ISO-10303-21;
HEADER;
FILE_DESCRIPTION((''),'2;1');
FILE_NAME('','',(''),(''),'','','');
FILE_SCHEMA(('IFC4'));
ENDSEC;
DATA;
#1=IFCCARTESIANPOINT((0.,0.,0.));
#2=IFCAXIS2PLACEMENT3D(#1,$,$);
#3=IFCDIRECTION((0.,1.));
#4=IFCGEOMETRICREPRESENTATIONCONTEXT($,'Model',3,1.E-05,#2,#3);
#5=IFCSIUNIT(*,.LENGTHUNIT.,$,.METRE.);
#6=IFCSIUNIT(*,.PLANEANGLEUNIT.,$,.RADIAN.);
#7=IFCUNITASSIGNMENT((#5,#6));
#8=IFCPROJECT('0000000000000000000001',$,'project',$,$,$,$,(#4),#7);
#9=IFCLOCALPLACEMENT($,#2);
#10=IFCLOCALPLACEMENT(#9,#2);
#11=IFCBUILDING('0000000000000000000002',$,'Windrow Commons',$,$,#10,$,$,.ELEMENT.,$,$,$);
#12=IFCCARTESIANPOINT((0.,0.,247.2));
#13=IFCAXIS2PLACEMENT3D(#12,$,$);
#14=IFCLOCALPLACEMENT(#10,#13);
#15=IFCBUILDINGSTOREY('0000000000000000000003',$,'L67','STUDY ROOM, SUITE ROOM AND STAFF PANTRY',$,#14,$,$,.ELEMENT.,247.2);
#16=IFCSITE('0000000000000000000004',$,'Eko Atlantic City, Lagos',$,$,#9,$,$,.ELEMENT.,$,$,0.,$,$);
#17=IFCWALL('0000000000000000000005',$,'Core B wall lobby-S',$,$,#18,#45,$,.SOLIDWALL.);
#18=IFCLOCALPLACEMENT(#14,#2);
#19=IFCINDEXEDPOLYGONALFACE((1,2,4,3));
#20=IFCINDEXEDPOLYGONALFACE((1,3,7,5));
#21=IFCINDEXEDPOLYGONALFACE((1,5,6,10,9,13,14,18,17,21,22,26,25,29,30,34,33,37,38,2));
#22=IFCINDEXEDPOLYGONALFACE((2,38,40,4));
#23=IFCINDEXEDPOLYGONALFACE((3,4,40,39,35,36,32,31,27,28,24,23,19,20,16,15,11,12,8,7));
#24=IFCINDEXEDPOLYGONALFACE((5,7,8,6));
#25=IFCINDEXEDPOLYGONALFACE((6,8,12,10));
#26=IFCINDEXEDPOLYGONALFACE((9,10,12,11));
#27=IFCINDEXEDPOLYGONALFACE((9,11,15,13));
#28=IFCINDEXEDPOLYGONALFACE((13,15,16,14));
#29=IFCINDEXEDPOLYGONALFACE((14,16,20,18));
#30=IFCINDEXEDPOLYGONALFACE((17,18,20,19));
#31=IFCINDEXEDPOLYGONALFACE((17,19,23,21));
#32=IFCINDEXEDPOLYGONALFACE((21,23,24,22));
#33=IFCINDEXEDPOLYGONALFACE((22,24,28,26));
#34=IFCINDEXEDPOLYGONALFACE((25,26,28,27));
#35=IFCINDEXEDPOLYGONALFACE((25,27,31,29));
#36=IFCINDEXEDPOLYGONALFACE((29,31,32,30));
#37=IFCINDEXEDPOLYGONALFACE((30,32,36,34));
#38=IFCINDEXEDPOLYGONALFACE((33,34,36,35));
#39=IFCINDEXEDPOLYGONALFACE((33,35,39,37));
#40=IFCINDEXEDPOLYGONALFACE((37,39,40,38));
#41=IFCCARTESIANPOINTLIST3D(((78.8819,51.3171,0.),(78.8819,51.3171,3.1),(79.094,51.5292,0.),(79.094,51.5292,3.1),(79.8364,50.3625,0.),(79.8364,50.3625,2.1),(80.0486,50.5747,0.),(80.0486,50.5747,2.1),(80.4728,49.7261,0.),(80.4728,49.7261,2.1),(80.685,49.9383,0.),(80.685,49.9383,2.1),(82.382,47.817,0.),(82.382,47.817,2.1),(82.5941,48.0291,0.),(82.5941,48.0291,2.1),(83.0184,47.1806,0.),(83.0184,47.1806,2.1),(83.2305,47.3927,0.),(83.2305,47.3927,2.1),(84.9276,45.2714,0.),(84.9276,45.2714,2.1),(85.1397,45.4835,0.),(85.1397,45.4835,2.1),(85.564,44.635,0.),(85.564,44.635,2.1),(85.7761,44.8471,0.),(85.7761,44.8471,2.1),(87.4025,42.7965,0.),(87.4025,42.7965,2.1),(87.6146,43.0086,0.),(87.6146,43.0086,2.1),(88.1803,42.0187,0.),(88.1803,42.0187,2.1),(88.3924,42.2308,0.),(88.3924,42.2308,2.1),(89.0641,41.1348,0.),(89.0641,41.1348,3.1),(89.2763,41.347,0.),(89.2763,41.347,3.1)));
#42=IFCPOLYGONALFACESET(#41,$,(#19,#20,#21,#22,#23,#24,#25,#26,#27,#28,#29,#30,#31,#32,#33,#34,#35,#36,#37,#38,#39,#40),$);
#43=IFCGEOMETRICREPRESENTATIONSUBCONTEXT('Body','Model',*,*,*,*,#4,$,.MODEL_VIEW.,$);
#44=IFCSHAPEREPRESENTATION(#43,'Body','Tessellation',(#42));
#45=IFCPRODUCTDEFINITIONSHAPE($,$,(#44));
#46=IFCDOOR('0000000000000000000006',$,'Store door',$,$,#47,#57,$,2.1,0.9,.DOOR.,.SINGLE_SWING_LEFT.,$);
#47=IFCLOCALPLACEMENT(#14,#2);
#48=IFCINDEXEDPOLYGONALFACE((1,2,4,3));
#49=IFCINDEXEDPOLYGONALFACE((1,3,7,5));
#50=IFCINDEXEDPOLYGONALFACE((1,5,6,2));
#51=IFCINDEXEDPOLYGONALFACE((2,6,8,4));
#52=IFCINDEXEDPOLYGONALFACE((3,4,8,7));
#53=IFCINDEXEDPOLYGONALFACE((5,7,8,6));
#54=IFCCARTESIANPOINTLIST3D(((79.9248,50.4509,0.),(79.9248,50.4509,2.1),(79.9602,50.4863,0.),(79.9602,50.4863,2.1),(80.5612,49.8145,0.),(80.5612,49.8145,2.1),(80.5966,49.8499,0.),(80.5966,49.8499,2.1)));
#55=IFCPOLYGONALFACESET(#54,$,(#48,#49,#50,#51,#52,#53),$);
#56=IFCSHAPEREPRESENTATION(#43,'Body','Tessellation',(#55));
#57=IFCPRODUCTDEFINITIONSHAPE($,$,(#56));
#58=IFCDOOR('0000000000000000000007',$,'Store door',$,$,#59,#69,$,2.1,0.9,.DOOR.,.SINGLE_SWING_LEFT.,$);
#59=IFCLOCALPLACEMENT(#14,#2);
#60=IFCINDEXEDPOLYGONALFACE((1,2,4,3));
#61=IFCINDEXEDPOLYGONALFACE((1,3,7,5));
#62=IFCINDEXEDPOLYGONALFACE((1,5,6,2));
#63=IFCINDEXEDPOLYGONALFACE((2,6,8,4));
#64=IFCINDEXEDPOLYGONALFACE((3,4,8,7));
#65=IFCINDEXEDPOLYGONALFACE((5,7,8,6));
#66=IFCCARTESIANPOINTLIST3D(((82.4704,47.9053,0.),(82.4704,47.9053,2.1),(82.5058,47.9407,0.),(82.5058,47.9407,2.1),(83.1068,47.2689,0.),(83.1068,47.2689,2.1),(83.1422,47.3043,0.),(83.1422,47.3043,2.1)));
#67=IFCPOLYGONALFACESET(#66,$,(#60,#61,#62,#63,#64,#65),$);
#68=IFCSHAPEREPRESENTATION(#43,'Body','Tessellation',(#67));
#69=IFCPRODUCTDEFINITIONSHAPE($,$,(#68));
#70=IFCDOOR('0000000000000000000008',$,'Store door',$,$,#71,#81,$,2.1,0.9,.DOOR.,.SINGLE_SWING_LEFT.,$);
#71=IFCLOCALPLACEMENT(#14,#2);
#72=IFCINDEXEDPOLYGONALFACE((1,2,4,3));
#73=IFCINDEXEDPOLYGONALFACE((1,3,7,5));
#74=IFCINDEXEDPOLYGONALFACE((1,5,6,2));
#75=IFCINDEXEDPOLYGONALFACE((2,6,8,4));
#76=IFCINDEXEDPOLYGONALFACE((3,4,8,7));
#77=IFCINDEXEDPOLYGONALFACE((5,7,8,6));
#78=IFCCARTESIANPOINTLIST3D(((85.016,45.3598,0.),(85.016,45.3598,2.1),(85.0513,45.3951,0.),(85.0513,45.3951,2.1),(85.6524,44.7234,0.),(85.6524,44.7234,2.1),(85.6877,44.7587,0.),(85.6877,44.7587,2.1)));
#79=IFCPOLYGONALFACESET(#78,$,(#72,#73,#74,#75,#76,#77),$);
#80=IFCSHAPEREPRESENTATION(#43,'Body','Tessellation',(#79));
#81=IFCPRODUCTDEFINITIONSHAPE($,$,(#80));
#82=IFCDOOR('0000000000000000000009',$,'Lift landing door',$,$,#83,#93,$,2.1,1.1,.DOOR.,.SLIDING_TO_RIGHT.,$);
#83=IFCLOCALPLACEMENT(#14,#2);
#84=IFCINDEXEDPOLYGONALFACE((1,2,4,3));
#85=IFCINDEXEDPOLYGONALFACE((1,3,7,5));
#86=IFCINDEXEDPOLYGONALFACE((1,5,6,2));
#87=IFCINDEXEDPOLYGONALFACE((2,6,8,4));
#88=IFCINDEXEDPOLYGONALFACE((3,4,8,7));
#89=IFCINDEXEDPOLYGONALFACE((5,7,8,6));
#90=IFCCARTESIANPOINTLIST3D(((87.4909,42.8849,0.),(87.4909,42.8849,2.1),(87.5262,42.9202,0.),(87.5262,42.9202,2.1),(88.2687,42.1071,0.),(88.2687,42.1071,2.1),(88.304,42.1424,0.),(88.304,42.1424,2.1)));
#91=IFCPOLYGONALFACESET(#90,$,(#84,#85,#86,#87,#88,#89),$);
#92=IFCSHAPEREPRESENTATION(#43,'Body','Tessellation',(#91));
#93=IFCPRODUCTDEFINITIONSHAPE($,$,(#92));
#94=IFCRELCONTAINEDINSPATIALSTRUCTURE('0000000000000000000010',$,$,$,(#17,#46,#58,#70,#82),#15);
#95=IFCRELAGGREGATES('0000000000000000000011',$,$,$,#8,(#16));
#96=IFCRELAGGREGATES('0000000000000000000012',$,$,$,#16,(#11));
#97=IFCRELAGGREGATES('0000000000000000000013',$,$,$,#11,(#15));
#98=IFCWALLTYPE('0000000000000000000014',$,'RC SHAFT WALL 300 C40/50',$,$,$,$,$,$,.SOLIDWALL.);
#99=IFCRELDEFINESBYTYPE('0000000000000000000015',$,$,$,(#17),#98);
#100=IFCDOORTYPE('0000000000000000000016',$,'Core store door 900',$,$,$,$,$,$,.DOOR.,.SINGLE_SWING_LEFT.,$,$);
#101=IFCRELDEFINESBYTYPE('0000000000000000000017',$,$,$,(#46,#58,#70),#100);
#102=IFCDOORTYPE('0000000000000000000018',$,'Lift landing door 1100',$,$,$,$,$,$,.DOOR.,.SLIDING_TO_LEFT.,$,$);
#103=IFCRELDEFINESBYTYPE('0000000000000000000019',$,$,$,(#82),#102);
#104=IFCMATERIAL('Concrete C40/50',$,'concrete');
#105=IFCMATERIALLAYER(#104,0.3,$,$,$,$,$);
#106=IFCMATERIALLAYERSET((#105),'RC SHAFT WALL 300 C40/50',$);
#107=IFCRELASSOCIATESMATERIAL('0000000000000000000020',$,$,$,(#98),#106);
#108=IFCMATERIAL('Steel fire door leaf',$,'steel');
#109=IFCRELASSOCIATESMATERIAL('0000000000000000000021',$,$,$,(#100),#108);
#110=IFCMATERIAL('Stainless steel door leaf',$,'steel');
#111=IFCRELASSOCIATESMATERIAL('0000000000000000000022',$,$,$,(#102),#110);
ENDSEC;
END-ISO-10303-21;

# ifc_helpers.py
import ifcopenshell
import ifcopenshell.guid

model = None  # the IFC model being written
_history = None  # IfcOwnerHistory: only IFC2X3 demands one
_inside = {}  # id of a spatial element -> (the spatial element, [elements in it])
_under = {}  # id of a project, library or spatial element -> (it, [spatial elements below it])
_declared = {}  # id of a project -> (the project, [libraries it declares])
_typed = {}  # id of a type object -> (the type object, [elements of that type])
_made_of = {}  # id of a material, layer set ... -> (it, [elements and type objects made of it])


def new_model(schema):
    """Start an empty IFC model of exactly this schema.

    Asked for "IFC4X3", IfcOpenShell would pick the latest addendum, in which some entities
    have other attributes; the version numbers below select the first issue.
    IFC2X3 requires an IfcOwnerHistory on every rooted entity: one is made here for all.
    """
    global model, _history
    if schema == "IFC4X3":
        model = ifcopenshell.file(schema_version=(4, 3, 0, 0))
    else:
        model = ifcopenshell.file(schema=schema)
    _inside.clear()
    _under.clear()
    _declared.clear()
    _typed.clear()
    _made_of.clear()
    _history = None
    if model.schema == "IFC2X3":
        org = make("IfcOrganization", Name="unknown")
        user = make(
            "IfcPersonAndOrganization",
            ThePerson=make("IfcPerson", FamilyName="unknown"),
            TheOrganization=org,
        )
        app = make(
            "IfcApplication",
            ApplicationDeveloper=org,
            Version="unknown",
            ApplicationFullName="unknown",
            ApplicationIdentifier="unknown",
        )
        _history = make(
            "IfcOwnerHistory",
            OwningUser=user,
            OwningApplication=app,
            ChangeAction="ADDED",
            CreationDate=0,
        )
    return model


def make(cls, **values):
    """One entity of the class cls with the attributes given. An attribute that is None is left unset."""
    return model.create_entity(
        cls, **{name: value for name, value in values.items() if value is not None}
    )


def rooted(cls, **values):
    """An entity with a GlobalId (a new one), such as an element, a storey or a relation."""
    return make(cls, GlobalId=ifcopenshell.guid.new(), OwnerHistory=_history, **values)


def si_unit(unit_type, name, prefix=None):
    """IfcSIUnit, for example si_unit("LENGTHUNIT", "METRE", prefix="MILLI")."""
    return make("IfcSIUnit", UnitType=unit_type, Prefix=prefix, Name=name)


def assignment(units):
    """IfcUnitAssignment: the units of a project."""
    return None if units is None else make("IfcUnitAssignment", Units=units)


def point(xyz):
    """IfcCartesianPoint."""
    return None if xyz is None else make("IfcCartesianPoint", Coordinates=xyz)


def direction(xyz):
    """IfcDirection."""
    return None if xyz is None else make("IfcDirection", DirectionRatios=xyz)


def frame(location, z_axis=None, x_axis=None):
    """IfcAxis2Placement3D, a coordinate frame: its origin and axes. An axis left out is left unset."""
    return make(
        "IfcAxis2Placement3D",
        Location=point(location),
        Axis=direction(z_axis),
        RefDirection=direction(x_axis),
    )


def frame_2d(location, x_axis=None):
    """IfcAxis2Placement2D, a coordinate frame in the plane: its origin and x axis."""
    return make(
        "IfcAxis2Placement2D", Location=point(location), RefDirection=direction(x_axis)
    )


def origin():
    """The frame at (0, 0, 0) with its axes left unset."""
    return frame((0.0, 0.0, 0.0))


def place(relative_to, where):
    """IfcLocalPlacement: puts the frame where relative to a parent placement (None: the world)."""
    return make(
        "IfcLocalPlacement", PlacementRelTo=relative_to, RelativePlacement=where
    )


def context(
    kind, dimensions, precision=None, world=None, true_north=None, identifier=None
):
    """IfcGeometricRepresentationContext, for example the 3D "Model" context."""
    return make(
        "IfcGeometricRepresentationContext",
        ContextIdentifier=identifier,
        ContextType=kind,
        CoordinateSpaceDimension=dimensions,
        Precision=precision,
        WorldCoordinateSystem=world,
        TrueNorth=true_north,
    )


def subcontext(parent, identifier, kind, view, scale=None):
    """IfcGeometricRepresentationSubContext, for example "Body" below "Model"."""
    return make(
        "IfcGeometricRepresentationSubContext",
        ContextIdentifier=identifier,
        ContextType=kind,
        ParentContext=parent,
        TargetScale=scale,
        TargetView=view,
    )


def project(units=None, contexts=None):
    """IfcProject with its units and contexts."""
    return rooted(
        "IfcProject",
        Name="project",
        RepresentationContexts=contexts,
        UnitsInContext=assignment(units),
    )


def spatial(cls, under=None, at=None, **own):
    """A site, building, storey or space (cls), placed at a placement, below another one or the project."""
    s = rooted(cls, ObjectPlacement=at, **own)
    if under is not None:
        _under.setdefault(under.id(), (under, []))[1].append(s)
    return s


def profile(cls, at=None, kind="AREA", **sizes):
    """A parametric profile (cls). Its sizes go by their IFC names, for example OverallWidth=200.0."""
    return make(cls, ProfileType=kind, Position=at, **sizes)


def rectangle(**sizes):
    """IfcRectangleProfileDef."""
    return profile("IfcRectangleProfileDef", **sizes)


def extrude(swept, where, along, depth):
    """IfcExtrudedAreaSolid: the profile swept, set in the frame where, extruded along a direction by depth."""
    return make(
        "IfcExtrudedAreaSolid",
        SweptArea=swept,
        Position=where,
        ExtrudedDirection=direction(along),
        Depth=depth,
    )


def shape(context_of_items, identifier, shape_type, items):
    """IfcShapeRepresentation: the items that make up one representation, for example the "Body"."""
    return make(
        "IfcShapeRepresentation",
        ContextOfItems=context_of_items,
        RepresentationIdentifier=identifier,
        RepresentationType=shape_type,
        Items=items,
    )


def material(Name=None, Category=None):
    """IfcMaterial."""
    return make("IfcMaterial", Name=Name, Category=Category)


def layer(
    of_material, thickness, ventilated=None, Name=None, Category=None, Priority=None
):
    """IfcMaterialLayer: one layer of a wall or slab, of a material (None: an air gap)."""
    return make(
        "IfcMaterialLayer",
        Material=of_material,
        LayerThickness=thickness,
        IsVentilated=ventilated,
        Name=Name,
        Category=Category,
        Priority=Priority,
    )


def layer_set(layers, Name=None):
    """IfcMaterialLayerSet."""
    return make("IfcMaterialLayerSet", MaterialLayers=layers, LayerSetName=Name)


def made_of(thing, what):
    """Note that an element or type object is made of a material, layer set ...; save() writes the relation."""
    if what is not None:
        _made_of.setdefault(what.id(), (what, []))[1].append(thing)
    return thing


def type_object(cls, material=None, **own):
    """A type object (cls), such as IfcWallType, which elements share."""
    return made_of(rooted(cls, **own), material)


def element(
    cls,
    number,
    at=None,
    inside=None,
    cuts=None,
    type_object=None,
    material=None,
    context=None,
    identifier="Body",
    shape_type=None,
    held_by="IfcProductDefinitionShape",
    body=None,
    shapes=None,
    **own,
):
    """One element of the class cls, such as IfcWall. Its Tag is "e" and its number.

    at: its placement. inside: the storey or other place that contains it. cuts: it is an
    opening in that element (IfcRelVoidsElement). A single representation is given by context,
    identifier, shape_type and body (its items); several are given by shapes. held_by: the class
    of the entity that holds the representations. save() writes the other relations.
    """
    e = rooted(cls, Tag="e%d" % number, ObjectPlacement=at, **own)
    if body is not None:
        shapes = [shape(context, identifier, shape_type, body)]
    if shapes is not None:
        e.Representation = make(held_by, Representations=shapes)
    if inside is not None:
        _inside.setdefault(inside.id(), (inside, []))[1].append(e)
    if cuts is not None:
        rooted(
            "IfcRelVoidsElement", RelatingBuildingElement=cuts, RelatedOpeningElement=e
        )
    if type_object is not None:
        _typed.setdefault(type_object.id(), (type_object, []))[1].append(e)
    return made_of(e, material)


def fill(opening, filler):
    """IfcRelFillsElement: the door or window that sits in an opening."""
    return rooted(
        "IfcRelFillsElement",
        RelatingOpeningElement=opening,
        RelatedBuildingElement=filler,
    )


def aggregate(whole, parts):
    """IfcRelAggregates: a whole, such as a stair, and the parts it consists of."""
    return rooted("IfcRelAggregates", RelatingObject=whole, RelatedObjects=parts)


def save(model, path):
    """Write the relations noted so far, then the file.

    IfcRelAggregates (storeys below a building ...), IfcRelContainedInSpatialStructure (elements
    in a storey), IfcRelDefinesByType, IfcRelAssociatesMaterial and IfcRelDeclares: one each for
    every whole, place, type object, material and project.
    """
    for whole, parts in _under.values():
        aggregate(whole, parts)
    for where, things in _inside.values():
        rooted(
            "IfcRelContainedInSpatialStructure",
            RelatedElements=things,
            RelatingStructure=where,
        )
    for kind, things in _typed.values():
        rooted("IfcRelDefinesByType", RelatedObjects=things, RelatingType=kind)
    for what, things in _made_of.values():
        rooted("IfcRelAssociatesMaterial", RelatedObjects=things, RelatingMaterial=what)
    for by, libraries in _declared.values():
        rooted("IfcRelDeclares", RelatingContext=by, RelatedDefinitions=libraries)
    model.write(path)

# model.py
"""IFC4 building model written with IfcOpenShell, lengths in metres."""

from ifc_helpers import new_model, si_unit, direction, frame, frame_2d, origin, place, context, subcontext, project, spatial, rectangle, extrude, material, layer, layer_set, type_object, element, fill, save


model = new_model("IFC4")

# Units and contexts
model_context = context("Model", 3, precision=1e-05, world=origin(), true_north=direction((0.0, 1.0)))
body_context = subcontext(model_context, "Body", "Model", "MODEL_VIEW")
ifc_project = project(units=[si_unit("LENGTHUNIT", "METRE"), si_unit("PLANEANGLEUNIT", "RADIAN")], contexts=[model_context])

# Site, building, storey
site_placement = place(None, origin())
site = spatial("IfcSite", under=ifc_project, at=site_placement, Name="Eko Atlantic City, Lagos", CompositionType="ELEMENT", RefElevation=0.0)
building_placement = place(site_placement, origin())
building = spatial("IfcBuilding", under=site, at=building_placement, Name="Windrow Commons", CompositionType="ELEMENT")
storey_placement = place(building_placement, frame((0.0, 0.0, 247.2)))
storey = spatial("IfcBuildingStorey", under=building, at=storey_placement, Name="L67", Description="STUDY ROOM, SUITE ROOM AND STAFF PANTRY", CompositionType="ELEMENT", Elevation=247.2)

# Shared definitions
ifc_material_1 = material(Name="Concrete C40/50", Category="concrete")
ifc_layer_1 = layer(ifc_material_1, 0.3)
ifc_layer_set_1 = layer_set([ifc_layer_1], Name="RC SHAFT WALL 300 C40/50")
wall_type_1 = type_object("IfcWallType", Name="RC SHAFT WALL 300 C40/50", PredefinedType="SOLIDWALL", material=ifc_layer_set_1)

# Wall, openings, doors
wall_1_placement = place(storey_placement, frame((78.9879, 51.4232, 0.0), z_axis=(0.0, 0.0, 1.0), x_axis=(0.707107, -0.707107, 0.0)))
wall_1 = element("IfcWall", 1, at=wall_1_placement, inside=storey, type_object=wall_type_1, Name="Core B wall lobby-S", PredefinedType="SOLIDWALL", context=body_context, shape_type="SweptSolid", body=[
    extrude(rectangle(XDim=14.3999, YDim=0.3, at=frame_2d((7.2, 0.0))), origin(), (0.0, 0.0, 1.0), 3.1),
])
opening_1_placement = place(wall_1_placement, frame((1.35, 0.0, 0.0)))
opening_1 = element("IfcOpeningElement", 2, at=opening_1_placement, cuts=wall_1, PredefinedType="OPENING", context=body_context, shape_type="SweptSolid", body=[
    extrude(rectangle(XDim=0.9, YDim=2.1, at=frame_2d((0.45, 1.05))), frame((0.0, 0.16, 0.0), z_axis=(0.0, -1.0, 0.0), x_axis=(1.0, 0.0, 0.0)), (0.0, 0.0, 1.0), 0.32),
])
opening_2_placement = place(wall_1_placement, frame((4.95, 0.0, 0.0)))
opening_2 = element("IfcOpeningElement", 3, at=opening_2_placement, cuts=wall_1, PredefinedType="OPENING", context=body_context, shape_type="SweptSolid", body=[
    extrude(rectangle(XDim=0.9, YDim=2.1, at=frame_2d((0.45, 1.05))), frame((0.0, 0.16, 0.0), z_axis=(0.0, -1.0, 0.0), x_axis=(1.0, 0.0, 0.0)), (0.0, 0.0, 1.0), 0.32),
])
opening_3_placement = place(wall_1_placement, frame((8.55, 0.0, 0.0)))
opening_3 = element("IfcOpeningElement", 4, at=opening_3_placement, cuts=wall_1, PredefinedType="OPENING", context=body_context, shape_type="SweptSolid", body=[
    extrude(rectangle(XDim=0.9, YDim=2.1, at=frame_2d((0.45, 1.05))), frame((0.0, 0.16, 0.0), z_axis=(0.0, -1.0, 0.0), x_axis=(1.0, 0.0, 0.0)), (0.0, 0.0, 1.0), 0.32),
])
opening_4_placement = place(wall_1_placement, frame((12.05, 0.0, 0.0)))
opening_4 = element("IfcOpeningElement", 5, at=opening_4_placement, cuts=wall_1, PredefinedType="OPENING", context=body_context, shape_type="SweptSolid", body=[
    extrude(rectangle(XDim=1.1, YDim=2.1, at=frame_2d((0.55, 1.05))), frame((0.0, 0.16, 0.0), z_axis=(0.0, -1.0, 0.0), x_axis=(1.0, 0.0, 0.0)), (0.0, 0.0, 1.0), 0.32),
])
ifc_material_2 = material(Name="Steel fire door leaf", Category="steel")
door_type_1 = type_object("IfcDoorType", Name="Core store door 900", OperationType="SINGLE_SWING_LEFT", PredefinedType="DOOR", material=ifc_material_2)
door_1_placement = place(opening_1_placement, origin())
door_1 = element("IfcDoor", 6, at=door_1_placement, inside=storey, type_object=door_type_1, Name="Store door", OperationType="SINGLE_SWING_LEFT", OverallHeight=2.1, OverallWidth=0.9, PredefinedType="DOOR", context=body_context, shape_type="SweptSolid", body=[
    extrude(rectangle(XDim=0.9, YDim=2.1, at=frame_2d((0.45, 1.05))), frame((0.0, 0.025, 0.0), z_axis=(0.0, -1.0, 0.0), x_axis=(1.0, 0.0, 0.0)), (0.0, 0.0, 1.0), 0.05),
])
fill(opening_1, door_1)
door_2_placement = place(opening_2_placement, origin())
door_2 = element("IfcDoor", 7, at=door_2_placement, inside=storey, type_object=door_type_1, Name="Store door", OperationType="SINGLE_SWING_LEFT", OverallHeight=2.1, OverallWidth=0.9, PredefinedType="DOOR", context=body_context, shape_type="SweptSolid", body=[
    extrude(rectangle(XDim=0.9, YDim=2.1, at=frame_2d((0.45, 1.05))), frame((0.0, 0.025, 0.0), z_axis=(0.0, -1.0, 0.0), x_axis=(1.0, 0.0, 0.0)), (0.0, 0.0, 1.0), 0.05),
])
fill(opening_2, door_2)
door_3_placement = place(opening_3_placement, origin())
door_3 = element("IfcDoor", 8, at=door_3_placement, inside=storey, type_object=door_type_1, Name="Store door", OperationType="SINGLE_SWING_LEFT", OverallHeight=2.1, OverallWidth=0.9, PredefinedType="DOOR", context=body_context, shape_type="SweptSolid", body=[
    extrude(rectangle(XDim=0.9, YDim=2.1, at=frame_2d((0.45, 1.05))), frame((0.0, 0.025, 0.0), z_axis=(0.0, -1.0, 0.0), x_axis=(1.0, 0.0, 0.0)), (0.0, 0.0, 1.0), 0.05),
])
fill(opening_3, door_3)
ifc_material_3 = material(Name="Stainless steel door leaf", Category="steel")
door_type_2 = type_object("IfcDoorType", Name="Lift landing door 1100", OperationType="SLIDING_TO_LEFT", PredefinedType="DOOR", material=ifc_material_3)
door_4_placement = place(opening_4_placement, origin())
door_4 = element("IfcDoor", 9, at=door_4_placement, inside=storey, type_object=door_type_2, Name="Lift landing door", OperationType="SLIDING_TO_RIGHT", OverallHeight=2.1, OverallWidth=1.1, PredefinedType="DOOR", context=body_context, shape_type="SweptSolid", body=[
    extrude(rectangle(XDim=1.1, YDim=2.1, at=frame_2d((0.55, 1.05))), frame((0.0, 0.025, 0.0), z_axis=(0.0, -1.0, 0.0), x_axis=(1.0, 0.0, 0.0)), (0.0, 0.0, 1.0), 0.05),
])
fill(opening_4, door_4)

save(model, "model.ifc")
